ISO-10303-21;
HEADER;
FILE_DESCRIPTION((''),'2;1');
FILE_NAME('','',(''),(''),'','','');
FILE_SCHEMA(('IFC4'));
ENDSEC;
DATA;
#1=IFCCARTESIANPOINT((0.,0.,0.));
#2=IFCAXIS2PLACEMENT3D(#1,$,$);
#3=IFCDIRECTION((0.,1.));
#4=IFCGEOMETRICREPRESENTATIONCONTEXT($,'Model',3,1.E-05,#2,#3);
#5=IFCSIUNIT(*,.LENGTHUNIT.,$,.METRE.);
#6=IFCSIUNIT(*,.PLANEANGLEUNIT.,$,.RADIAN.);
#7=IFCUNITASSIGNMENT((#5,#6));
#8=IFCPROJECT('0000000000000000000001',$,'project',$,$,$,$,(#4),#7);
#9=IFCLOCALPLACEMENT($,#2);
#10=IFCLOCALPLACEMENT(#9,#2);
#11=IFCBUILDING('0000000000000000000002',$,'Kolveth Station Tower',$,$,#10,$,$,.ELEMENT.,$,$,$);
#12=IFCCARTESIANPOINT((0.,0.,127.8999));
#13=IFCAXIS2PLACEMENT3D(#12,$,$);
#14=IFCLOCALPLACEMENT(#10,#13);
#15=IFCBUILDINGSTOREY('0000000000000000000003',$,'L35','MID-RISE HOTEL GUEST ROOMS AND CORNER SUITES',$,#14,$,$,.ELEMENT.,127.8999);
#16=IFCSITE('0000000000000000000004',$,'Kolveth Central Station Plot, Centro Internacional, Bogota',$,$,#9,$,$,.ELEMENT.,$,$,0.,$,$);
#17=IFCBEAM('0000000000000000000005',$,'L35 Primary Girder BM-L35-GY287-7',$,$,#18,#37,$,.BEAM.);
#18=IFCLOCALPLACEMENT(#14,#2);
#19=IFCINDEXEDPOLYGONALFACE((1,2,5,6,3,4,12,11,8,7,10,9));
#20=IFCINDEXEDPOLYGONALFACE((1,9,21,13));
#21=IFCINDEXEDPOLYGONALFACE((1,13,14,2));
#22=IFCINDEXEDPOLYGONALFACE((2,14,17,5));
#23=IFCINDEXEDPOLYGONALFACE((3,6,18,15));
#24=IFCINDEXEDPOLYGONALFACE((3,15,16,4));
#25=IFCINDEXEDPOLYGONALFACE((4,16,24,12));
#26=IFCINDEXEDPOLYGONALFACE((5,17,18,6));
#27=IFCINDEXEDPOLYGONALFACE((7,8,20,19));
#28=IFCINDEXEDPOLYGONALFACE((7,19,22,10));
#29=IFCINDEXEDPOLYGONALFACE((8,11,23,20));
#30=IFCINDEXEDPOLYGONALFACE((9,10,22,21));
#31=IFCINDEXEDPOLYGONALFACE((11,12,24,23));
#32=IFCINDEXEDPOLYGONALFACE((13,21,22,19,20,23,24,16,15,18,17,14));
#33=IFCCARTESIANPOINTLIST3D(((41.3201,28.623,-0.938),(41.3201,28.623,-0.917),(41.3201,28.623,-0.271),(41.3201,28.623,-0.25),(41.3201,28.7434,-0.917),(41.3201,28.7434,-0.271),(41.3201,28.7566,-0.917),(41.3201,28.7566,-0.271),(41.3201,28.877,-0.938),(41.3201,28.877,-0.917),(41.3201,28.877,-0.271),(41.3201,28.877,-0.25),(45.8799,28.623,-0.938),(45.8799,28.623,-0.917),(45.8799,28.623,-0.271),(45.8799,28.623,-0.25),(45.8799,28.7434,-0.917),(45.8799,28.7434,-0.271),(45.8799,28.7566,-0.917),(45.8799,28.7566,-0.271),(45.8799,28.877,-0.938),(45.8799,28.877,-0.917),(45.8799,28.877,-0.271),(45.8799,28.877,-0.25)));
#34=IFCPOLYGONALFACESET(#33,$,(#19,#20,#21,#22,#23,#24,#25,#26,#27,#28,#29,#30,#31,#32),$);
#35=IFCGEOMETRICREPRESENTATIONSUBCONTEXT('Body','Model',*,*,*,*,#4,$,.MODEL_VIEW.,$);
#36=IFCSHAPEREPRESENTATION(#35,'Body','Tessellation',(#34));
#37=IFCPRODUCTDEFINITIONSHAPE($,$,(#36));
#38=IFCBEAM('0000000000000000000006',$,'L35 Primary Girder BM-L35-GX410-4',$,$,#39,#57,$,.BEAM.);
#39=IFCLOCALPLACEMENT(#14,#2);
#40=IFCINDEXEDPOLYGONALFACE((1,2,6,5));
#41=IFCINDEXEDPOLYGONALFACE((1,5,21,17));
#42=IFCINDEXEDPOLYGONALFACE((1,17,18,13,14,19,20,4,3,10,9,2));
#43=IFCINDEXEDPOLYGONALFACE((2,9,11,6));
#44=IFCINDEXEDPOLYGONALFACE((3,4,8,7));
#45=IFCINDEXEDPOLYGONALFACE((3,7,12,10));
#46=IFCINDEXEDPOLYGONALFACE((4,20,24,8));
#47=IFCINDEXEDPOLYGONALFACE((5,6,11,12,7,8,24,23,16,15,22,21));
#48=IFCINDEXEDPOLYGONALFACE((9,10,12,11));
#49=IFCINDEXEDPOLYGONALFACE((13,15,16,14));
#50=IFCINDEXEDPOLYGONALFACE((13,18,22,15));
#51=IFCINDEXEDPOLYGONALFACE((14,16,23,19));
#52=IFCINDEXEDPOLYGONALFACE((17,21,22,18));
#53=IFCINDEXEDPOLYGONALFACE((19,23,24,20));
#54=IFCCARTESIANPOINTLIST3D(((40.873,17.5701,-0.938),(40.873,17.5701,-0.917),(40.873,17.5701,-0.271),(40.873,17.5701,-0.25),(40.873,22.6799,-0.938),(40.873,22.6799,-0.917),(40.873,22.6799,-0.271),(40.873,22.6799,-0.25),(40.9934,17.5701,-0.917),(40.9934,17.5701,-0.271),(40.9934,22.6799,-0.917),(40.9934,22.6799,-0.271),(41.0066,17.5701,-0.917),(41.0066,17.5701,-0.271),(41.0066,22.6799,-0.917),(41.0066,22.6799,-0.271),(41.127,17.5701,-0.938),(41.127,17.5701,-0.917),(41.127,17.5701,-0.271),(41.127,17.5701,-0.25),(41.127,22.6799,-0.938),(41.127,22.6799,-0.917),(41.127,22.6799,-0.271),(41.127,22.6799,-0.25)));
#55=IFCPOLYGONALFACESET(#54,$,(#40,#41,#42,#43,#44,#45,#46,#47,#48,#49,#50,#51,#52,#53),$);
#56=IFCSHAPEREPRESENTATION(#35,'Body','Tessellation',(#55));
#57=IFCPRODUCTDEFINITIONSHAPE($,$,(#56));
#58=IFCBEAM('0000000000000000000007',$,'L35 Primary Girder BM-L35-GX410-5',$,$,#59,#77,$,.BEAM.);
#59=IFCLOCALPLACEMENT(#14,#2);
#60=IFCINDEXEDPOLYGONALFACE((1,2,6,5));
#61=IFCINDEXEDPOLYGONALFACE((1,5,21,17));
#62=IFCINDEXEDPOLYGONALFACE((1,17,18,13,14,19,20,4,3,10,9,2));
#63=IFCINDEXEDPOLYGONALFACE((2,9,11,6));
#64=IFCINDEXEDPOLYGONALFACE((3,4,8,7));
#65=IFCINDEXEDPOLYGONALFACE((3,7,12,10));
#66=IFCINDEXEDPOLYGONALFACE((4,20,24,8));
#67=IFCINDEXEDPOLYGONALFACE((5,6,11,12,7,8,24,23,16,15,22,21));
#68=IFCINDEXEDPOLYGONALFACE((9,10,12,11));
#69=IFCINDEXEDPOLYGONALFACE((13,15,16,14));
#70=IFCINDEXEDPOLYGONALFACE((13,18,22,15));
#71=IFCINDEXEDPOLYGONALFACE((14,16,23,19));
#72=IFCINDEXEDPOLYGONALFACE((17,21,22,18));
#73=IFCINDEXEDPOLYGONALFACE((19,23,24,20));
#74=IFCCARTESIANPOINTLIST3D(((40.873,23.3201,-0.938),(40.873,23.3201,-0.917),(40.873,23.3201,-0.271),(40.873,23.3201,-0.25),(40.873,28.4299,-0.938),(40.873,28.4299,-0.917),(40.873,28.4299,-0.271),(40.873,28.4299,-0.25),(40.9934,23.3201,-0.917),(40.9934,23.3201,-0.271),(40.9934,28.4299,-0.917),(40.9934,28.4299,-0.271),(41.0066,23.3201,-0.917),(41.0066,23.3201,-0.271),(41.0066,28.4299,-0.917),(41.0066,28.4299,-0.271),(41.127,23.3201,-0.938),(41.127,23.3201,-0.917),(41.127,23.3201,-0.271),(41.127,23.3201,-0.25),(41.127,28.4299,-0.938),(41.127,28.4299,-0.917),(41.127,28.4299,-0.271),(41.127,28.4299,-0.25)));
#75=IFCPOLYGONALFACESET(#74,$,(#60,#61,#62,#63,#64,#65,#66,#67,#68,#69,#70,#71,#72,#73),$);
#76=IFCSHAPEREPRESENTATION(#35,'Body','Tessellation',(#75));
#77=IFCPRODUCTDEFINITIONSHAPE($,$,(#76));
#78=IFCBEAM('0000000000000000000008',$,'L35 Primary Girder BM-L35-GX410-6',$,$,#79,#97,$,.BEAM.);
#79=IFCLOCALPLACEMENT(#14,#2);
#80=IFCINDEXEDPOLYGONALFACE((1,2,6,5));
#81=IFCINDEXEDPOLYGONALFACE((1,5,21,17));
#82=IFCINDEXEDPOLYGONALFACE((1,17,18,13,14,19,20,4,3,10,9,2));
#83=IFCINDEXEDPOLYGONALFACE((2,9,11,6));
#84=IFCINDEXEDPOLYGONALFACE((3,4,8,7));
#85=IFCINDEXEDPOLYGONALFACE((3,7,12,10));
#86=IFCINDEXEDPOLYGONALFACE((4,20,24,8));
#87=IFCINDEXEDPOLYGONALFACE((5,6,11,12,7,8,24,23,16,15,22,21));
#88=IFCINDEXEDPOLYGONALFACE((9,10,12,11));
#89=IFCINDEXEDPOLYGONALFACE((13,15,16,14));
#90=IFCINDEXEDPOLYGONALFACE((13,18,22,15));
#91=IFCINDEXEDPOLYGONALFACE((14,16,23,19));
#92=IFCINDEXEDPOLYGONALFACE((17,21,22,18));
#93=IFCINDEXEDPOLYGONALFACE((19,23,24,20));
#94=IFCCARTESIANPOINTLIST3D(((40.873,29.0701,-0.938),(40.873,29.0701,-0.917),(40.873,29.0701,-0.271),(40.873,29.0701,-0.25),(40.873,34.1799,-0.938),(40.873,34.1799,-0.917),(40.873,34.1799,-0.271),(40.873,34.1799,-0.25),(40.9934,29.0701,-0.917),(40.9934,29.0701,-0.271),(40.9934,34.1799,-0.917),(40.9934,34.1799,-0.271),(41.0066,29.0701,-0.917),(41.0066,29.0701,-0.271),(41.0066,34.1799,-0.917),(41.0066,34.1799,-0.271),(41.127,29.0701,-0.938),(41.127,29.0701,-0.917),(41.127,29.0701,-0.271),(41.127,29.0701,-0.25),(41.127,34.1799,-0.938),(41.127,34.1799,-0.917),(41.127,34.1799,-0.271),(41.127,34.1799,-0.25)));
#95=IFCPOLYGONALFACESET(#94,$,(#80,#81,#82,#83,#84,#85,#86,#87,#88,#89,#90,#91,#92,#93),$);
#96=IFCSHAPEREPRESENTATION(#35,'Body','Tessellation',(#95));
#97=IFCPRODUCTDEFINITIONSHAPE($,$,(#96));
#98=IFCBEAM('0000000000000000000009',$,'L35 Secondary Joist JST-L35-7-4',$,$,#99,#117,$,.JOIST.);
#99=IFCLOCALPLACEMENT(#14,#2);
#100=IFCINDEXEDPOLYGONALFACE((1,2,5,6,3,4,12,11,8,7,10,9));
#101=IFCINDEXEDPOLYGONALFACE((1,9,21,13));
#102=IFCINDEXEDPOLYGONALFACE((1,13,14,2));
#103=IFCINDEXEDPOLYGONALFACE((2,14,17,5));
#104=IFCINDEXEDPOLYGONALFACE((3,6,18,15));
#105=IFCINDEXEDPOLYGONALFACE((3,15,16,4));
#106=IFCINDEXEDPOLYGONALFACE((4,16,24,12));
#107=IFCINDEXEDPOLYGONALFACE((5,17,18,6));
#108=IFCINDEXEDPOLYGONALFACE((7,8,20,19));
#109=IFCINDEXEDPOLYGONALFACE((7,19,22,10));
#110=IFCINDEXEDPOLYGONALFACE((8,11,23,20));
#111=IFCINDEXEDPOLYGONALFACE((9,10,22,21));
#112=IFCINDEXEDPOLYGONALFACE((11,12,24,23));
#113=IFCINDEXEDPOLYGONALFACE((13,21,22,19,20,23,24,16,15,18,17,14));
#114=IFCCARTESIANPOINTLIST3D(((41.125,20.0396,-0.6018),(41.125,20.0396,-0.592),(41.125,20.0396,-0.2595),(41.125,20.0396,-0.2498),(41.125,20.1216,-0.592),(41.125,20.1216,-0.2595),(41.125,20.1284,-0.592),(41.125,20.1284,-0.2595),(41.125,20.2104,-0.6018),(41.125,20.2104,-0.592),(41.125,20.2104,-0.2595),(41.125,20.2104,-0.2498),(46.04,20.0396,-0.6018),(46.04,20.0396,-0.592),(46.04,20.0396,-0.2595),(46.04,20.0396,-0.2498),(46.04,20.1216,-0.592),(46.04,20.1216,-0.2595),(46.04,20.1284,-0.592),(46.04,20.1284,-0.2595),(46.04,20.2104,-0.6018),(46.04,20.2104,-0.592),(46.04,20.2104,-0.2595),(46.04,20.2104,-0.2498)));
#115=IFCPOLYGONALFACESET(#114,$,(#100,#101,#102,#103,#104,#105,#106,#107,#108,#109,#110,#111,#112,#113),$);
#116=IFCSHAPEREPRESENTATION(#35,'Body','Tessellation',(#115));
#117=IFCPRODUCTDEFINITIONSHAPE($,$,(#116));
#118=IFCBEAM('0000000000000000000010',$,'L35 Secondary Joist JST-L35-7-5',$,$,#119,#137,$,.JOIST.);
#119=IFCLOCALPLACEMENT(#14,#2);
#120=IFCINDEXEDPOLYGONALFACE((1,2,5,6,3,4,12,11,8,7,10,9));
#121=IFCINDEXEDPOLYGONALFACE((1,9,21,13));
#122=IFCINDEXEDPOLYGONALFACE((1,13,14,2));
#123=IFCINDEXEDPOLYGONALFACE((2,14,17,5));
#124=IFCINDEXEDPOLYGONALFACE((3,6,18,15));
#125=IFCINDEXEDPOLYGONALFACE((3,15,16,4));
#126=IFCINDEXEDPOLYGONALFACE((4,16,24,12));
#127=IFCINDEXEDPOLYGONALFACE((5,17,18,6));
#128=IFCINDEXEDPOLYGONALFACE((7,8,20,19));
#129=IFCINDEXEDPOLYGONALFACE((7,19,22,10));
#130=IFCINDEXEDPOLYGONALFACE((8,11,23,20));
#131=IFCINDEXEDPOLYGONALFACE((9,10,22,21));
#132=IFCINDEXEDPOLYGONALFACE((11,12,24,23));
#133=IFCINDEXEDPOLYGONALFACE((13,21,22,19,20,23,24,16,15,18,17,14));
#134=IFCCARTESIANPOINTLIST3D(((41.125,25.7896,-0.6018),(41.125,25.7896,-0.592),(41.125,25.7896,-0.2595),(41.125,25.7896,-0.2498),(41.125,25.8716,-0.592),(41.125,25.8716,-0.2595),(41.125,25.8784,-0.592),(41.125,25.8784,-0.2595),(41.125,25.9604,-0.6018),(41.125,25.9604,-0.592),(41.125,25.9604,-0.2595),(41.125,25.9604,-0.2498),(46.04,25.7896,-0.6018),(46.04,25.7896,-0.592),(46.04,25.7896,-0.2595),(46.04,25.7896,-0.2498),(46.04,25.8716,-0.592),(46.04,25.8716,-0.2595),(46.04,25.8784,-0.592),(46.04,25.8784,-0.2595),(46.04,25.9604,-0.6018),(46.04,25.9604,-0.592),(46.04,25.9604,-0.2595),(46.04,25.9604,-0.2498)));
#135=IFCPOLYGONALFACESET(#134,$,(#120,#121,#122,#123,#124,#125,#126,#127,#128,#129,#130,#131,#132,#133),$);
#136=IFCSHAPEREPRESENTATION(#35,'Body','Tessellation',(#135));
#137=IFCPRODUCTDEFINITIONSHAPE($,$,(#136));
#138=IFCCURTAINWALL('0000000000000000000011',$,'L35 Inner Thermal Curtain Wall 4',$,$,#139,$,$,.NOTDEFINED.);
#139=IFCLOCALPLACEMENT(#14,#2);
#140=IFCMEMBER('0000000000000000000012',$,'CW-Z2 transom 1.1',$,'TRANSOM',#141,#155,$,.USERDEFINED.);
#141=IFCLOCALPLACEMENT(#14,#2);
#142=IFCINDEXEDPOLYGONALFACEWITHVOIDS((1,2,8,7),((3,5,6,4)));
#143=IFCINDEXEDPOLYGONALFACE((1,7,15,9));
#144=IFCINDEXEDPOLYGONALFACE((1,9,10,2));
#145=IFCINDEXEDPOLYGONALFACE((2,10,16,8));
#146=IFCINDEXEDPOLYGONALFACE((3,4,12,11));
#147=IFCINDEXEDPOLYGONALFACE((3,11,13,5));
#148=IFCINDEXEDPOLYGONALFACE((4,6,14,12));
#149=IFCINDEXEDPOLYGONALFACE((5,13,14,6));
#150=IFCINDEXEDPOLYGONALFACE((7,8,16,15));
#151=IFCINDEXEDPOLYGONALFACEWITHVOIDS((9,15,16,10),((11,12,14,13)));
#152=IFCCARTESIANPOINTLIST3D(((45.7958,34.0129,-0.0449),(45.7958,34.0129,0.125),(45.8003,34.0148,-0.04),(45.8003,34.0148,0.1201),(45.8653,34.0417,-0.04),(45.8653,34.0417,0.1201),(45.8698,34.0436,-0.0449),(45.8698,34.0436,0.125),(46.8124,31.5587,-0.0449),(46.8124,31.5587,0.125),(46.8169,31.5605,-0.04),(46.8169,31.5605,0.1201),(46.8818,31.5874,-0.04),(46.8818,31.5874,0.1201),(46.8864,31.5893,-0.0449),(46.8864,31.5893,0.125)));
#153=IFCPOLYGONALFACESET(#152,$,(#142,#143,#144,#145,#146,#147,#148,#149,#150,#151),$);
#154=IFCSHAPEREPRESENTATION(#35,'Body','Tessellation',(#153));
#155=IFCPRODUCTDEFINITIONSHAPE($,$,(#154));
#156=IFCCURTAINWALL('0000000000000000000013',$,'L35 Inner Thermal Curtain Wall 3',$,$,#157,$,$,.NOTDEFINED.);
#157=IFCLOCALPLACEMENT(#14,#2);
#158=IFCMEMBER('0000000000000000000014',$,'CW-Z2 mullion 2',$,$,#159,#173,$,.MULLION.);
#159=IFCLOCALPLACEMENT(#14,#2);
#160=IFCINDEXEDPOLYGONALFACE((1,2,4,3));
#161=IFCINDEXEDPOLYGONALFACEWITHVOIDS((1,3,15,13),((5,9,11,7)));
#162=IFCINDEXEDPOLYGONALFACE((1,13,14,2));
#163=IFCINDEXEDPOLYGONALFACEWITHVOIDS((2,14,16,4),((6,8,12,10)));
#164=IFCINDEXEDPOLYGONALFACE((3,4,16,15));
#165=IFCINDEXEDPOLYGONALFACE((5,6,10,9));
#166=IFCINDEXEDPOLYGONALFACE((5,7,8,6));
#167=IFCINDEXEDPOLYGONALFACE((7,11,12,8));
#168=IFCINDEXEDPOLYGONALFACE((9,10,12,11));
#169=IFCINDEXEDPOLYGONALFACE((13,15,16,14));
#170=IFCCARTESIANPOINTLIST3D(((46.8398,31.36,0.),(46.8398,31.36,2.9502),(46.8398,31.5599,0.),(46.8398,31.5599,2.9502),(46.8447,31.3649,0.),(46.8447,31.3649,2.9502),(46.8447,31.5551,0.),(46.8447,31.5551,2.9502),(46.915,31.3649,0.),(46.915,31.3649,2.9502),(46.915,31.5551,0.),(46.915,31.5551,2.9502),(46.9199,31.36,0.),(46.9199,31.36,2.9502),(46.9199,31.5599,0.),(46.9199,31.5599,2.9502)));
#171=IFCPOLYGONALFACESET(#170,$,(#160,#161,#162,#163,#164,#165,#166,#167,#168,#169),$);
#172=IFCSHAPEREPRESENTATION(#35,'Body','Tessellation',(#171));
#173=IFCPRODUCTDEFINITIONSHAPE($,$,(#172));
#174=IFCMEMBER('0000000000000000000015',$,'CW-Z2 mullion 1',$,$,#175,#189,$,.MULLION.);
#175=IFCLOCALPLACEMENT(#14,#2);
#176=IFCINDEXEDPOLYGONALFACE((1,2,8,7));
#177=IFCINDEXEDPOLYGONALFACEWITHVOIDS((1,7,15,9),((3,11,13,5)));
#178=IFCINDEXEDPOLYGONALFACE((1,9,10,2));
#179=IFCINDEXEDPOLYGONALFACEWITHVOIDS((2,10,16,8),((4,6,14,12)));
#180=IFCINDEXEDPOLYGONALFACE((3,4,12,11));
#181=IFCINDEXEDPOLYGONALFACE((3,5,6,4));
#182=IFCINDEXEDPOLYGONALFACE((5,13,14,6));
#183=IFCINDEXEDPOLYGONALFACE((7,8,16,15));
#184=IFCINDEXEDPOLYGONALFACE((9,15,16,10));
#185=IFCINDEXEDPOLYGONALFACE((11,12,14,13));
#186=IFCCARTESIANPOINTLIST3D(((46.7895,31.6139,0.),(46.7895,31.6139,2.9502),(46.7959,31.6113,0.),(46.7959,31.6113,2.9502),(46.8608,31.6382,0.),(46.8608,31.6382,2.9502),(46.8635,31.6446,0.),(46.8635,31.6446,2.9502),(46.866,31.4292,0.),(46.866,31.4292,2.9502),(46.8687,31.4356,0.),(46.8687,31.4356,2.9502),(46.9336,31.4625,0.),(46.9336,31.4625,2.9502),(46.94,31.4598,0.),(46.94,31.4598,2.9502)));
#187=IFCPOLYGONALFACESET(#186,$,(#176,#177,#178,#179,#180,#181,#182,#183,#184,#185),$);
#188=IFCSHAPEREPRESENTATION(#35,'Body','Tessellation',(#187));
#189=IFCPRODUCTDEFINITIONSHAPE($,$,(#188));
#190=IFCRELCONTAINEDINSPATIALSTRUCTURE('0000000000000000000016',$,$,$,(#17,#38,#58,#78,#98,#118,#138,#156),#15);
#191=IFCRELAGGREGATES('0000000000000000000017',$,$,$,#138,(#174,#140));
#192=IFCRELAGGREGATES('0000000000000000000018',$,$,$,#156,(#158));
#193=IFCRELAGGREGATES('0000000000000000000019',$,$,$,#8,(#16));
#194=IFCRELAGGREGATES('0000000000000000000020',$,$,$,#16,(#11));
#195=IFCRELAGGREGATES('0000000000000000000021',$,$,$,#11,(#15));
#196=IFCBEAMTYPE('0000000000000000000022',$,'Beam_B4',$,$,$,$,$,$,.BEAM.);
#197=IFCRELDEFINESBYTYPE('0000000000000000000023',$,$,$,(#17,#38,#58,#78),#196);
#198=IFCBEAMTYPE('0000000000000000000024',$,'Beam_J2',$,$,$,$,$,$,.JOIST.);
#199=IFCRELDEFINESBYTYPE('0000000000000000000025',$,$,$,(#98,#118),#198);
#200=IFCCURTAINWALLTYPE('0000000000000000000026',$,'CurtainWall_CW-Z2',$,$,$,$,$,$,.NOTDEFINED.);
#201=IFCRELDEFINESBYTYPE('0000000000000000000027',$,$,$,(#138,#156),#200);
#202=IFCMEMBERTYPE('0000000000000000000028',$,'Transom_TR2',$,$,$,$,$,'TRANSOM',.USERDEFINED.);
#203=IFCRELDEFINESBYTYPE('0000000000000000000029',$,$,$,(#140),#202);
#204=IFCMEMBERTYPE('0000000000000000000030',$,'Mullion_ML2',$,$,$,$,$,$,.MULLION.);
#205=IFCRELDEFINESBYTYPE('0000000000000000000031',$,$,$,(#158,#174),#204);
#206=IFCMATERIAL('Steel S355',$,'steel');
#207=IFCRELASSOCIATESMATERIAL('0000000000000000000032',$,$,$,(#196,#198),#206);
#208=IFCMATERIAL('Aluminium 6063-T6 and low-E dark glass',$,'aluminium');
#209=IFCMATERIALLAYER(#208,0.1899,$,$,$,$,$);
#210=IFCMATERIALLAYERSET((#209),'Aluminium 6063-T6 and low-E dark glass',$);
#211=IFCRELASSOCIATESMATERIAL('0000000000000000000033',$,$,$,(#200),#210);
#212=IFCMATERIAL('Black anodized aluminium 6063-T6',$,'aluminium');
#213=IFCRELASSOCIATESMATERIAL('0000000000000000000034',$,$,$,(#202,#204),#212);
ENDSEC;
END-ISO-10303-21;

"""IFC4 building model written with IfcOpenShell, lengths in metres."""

from ifc_helpers import new_model, si_unit, direction, frame, origin, origin_2d, place, context, subcontext, project, spatial, hollow_rectangle, i_section, extrude, source, transform, mapped, material, layer, layer_set, material_profile, profile_set, type_object, element, aggregate, save


model = new_model("IFC4")

# Units and contexts
model_context = context("Model", 3, precision=1e-05, world=origin(), true_north=direction((0.0, 1.0)))
body_context = subcontext(model_context, "Body", "Model", "MODEL_VIEW")
ifc_project = project(units=[si_unit("LENGTHUNIT", "METRE"), si_unit("PLANEANGLEUNIT", "RADIAN")], contexts=[model_context])

# Site, building, storey
site_placement = place(None, origin())
site = spatial("IfcSite", under=ifc_project, at=site_placement, Name="Kolveth Central Station Plot, Centro Internacional, Bogota", CompositionType="ELEMENT", RefElevation=0.0)
building_placement = place(site_placement, origin())
building = spatial("IfcBuilding", under=site, at=building_placement, Name="Kolveth Station Tower", CompositionType="ELEMENT")
storey_placement = place(building_placement, frame((0.0, 0.0, 127.8999)))
storey = spatial("IfcBuildingStorey", under=building, at=storey_placement, Name="L35", Description="MID-RISE HOTEL GUEST ROOMS AND CORNER SUITES", CompositionType="ELEMENT", Elevation=127.8999)

# Beams
ifc_material_1 = material(Name="Steel S355", Category="steel")
ifc_material_profile_1 = material_profile(ifc_material_1, i_section(OverallWidth=0.2539, OverallDepth=0.688, WebThickness=0.0132, FlangeThickness=0.021, at=origin_2d()), Name="W690x152")
ifc_profile_set_1 = profile_set([ifc_material_profile_1], Name="Steel S355")
beam_type_1 = type_object("IfcBeamType", Name="Beam_B4", PredefinedType="BEAM", material=ifc_profile_set_1)
shared_shape_1 = source(origin(), body_context, "Body", "SweptSolid", [
    extrude(i_section(OverallWidth=0.2539, OverallDepth=0.688, WebThickness=0.0132, FlangeThickness=0.021, at=origin_2d()), origin(), (0.0, 0.0, 1.0), 4.5598),
])
for number, where, z_axis, x_axis, name in (
    (1, (41.3201, 28.75, -0.594), (1.0, 0.0, 0.0), (0.0, 1.0, 0.0), "L35 Primary Girder BM-L35-GY287-7"),
):
    element("IfcBeam", number, at=place(storey_placement, frame(where, z_axis=z_axis, x_axis=x_axis)), inside=storey, type_object=beam_type_1, Name=name, PredefinedType="BEAM", context=body_context, shape_type="MappedRepresentation", body=[
        mapped(shared_shape_1, transform((0.0, 0.0, 0.0), x_axis=(1.0, 0.0, 0.0), y_axis=(0.0, 1.0, 0.0), z_axis=(0.0, 0.0, 1.0), scale=1.0)),
    ])
shared_shape_2 = source(origin(), body_context, "Body", "SweptSolid", [
    extrude(i_section(OverallWidth=0.2539, OverallDepth=0.688, WebThickness=0.0132, FlangeThickness=0.021, at=origin_2d()), origin(), (0.0, 0.0, 1.0), 5.1099),
])
for number, where, z_axis, x_axis, name in (
    (2, (41.0, 17.5701, -0.594), (0.0, 1.0, 0.0), (-1.0, 0.0, 0.0), "L35 Primary Girder BM-L35-GX410-4"),
    (3, (41.0, 23.3201, -0.594), (0.0, 1.0, 0.0), (-1.0, 0.0, 0.0), "L35 Primary Girder BM-L35-GX410-5"),
    (4, (41.0, 29.0701, -0.594), (0.0, 1.0, 0.0), (-1.0, 0.0, 0.0), "L35 Primary Girder BM-L35-GX410-6"),
):
    element("IfcBeam", number, at=place(storey_placement, frame(where, z_axis=z_axis, x_axis=x_axis)), inside=storey, type_object=beam_type_1, Name=name, PredefinedType="BEAM", context=body_context, shape_type="MappedRepresentation", body=[
        mapped(shared_shape_2, transform((0.0, 0.0, 0.0), x_axis=(1.0, 0.0, 0.0), y_axis=(0.0, 1.0, 0.0), z_axis=(0.0, 0.0, 1.0), scale=1.0)),
    ])
ifc_material_profile_2 = material_profile(ifc_material_1, i_section(OverallWidth=0.1709, OverallDepth=0.3521, WebThickness=0.0068, FlangeThickness=0.0098, at=origin_2d()), Name="W360x44")
ifc_profile_set_2 = profile_set([ifc_material_profile_2], Name="Steel S355")
beam_type_2 = type_object("IfcBeamType", Name="Beam_J2", PredefinedType="JOIST", material=ifc_profile_set_2)
shared_shape_3 = source(origin(), body_context, "Body", "SweptSolid", [
    extrude(i_section(OverallWidth=0.1709, OverallDepth=0.3521, WebThickness=0.0068, FlangeThickness=0.0098, at=origin_2d()), origin(), (0.0, 0.0, 1.0), 4.915),
])
for number, where, z_axis, x_axis, name in (
    (5, (41.125, 20.125, -0.4258), (1.0, 0.0, 0.0), (0.0, 1.0, 0.0), "L35 Secondary Joist JST-L35-7-4"),
    (6, (41.125, 25.875, -0.4258), (1.0, 0.0, 0.0), (0.0, 1.0, 0.0), "L35 Secondary Joist JST-L35-7-5"),
):
    element("IfcBeam", number, at=place(storey_placement, frame(where, z_axis=z_axis, x_axis=x_axis)), inside=storey, type_object=beam_type_2, Name=name, PredefinedType="JOIST", context=body_context, shape_type="MappedRepresentation", body=[
        mapped(shared_shape_3, transform((0.0, 0.0, 0.0), x_axis=(1.0, 0.0, 0.0), y_axis=(0.0, 1.0, 0.0), z_axis=(0.0, 0.0, 1.0), scale=1.0)),
    ])

# Curtain walls, members
ifc_material_2 = material(Name="Aluminium 6063-T6 and low-E dark glass", Category="aluminium")
ifc_layer_1 = layer(ifc_material_2, 0.1899)
ifc_layer_set_1 = layer_set([ifc_layer_1], Name="Aluminium 6063-T6 and low-E dark glass")
curtain_wall_type = type_object("IfcCurtainWallType", Name="CurtainWall_CW-Z2", PredefinedType="NOTDEFINED", material=ifc_layer_set_1)
curtain_wall_1_placement = place(storey_placement, origin())
curtain_wall_1 = element("IfcCurtainWall", 7, at=curtain_wall_1_placement, inside=storey, type_object=curtain_wall_type, Name="L35 Inner Thermal Curtain Wall 4", PredefinedType="NOTDEFINED")
ifc_material_3 = material(Name="Black anodized aluminium 6063-T6", Category="aluminium")
ifc_material_profile_3 = material_profile(ifc_material_3, hollow_rectangle(XDim=0.0801, YDim=0.1699, WallThickness=0.0049, at=origin_2d()), Name="ALU-80x170x5")
ifc_profile_set_3 = profile_set([ifc_material_profile_3], Name="Black anodized aluminium 6063-T6")
member_type_1 = type_object("IfcMemberType", Name="Transom_TR2", ElementType="TRANSOM", PredefinedType="USERDEFINED", material=ifc_profile_set_3)
shared_shape_4 = source(origin(), body_context, "Body", "SweptSolid", [
    extrude(hollow_rectangle(XDim=0.0801, YDim=0.1699, WallThickness=0.0049, at=origin_2d()), origin(), (0.0, 0.0, 1.0), 2.6565),
])
member_1_placement = place(storey_placement, frame((46.8494, 31.574, 0.04), z_axis=(-0.382676, 0.923882, 0.0), x_axis=(-0.923882, -0.382676, 0.0)))
member_1 = element("IfcMember", 8, at=member_1_placement, type_object=member_type_1, Name="CW-Z2 transom 1.1", ObjectType="TRANSOM", PredefinedType="USERDEFINED", context=body_context, shape_type="MappedRepresentation", body=[
    mapped(shared_shape_4, transform((0.0, 0.0, 0.0), x_axis=(1.0, 0.0, 0.0), y_axis=(0.0, 1.0, 0.0), z_axis=(0.0, 0.0, 1.0), scale=1.0)),
])
curtain_wall_2_placement = place(storey_placement, origin())
curtain_wall_2 = element("IfcCurtainWall", 9, at=curtain_wall_2_placement, inside=storey, type_object=curtain_wall_type, Name="L35 Inner Thermal Curtain Wall 3", PredefinedType="NOTDEFINED")
ifc_material_profile_4 = material_profile(ifc_material_3, hollow_rectangle(XDim=0.0801, YDim=0.2, WallThickness=0.0049, at=origin_2d()), Name="ALU-80x200x5")
ifc_profile_set_4 = profile_set([ifc_material_profile_4], Name="Black anodized aluminium 6063-T6")
member_type_2 = type_object("IfcMemberType", Name="Mullion_ML2", PredefinedType="MULLION", material=ifc_profile_set_4)
shared_shape_5 = source(origin(), body_context, "Body", "SweptSolid", [
    extrude(hollow_rectangle(XDim=0.0801, YDim=0.2, WallThickness=0.0049, at=origin_2d()), origin(), (0.0, 0.0, 1.0), 2.9502),
])
member_2_placement = place(storey_placement, frame((46.8799, 31.46, 0.0), z_axis=(0.0, 0.0, 1.0), x_axis=(-1.0, 0.0, 0.0)))
member_2 = element("IfcMember", 10, at=member_2_placement, type_object=member_type_2, Name="CW-Z2 mullion 2", PredefinedType="MULLION", context=body_context, shape_type="MappedRepresentation", body=[
    mapped(shared_shape_5, transform((0.0, 0.0, 0.0), x_axis=(1.0, 0.0, 0.0), y_axis=(0.0, 1.0, 0.0), z_axis=(0.0, 0.0, 1.0), scale=1.0)),
])

# Member
member_3_placement = place(storey_placement, frame((46.8647, 31.5369, 0.0), z_axis=(0.0, 0.0, 1.0), x_axis=(-0.923888, -0.382663, 0.0)))
member_3 = element("IfcMember", 11, at=member_3_placement, type_object=member_type_2, Name="CW-Z2 mullion 1", PredefinedType="MULLION", context=body_context, shape_type="MappedRepresentation", body=[
    mapped(shared_shape_5, transform((0.0, 0.0, 0.0), x_axis=(1.0, 0.0, 0.0), y_axis=(0.0, 1.0, 0.0), z_axis=(0.0, 0.0, 1.0), scale=1.0)),
])
aggregate(curtain_wall_1, [member_3, member_1])

aggregate(curtain_wall_2, [member_2])

save(model, "model.ifc")
